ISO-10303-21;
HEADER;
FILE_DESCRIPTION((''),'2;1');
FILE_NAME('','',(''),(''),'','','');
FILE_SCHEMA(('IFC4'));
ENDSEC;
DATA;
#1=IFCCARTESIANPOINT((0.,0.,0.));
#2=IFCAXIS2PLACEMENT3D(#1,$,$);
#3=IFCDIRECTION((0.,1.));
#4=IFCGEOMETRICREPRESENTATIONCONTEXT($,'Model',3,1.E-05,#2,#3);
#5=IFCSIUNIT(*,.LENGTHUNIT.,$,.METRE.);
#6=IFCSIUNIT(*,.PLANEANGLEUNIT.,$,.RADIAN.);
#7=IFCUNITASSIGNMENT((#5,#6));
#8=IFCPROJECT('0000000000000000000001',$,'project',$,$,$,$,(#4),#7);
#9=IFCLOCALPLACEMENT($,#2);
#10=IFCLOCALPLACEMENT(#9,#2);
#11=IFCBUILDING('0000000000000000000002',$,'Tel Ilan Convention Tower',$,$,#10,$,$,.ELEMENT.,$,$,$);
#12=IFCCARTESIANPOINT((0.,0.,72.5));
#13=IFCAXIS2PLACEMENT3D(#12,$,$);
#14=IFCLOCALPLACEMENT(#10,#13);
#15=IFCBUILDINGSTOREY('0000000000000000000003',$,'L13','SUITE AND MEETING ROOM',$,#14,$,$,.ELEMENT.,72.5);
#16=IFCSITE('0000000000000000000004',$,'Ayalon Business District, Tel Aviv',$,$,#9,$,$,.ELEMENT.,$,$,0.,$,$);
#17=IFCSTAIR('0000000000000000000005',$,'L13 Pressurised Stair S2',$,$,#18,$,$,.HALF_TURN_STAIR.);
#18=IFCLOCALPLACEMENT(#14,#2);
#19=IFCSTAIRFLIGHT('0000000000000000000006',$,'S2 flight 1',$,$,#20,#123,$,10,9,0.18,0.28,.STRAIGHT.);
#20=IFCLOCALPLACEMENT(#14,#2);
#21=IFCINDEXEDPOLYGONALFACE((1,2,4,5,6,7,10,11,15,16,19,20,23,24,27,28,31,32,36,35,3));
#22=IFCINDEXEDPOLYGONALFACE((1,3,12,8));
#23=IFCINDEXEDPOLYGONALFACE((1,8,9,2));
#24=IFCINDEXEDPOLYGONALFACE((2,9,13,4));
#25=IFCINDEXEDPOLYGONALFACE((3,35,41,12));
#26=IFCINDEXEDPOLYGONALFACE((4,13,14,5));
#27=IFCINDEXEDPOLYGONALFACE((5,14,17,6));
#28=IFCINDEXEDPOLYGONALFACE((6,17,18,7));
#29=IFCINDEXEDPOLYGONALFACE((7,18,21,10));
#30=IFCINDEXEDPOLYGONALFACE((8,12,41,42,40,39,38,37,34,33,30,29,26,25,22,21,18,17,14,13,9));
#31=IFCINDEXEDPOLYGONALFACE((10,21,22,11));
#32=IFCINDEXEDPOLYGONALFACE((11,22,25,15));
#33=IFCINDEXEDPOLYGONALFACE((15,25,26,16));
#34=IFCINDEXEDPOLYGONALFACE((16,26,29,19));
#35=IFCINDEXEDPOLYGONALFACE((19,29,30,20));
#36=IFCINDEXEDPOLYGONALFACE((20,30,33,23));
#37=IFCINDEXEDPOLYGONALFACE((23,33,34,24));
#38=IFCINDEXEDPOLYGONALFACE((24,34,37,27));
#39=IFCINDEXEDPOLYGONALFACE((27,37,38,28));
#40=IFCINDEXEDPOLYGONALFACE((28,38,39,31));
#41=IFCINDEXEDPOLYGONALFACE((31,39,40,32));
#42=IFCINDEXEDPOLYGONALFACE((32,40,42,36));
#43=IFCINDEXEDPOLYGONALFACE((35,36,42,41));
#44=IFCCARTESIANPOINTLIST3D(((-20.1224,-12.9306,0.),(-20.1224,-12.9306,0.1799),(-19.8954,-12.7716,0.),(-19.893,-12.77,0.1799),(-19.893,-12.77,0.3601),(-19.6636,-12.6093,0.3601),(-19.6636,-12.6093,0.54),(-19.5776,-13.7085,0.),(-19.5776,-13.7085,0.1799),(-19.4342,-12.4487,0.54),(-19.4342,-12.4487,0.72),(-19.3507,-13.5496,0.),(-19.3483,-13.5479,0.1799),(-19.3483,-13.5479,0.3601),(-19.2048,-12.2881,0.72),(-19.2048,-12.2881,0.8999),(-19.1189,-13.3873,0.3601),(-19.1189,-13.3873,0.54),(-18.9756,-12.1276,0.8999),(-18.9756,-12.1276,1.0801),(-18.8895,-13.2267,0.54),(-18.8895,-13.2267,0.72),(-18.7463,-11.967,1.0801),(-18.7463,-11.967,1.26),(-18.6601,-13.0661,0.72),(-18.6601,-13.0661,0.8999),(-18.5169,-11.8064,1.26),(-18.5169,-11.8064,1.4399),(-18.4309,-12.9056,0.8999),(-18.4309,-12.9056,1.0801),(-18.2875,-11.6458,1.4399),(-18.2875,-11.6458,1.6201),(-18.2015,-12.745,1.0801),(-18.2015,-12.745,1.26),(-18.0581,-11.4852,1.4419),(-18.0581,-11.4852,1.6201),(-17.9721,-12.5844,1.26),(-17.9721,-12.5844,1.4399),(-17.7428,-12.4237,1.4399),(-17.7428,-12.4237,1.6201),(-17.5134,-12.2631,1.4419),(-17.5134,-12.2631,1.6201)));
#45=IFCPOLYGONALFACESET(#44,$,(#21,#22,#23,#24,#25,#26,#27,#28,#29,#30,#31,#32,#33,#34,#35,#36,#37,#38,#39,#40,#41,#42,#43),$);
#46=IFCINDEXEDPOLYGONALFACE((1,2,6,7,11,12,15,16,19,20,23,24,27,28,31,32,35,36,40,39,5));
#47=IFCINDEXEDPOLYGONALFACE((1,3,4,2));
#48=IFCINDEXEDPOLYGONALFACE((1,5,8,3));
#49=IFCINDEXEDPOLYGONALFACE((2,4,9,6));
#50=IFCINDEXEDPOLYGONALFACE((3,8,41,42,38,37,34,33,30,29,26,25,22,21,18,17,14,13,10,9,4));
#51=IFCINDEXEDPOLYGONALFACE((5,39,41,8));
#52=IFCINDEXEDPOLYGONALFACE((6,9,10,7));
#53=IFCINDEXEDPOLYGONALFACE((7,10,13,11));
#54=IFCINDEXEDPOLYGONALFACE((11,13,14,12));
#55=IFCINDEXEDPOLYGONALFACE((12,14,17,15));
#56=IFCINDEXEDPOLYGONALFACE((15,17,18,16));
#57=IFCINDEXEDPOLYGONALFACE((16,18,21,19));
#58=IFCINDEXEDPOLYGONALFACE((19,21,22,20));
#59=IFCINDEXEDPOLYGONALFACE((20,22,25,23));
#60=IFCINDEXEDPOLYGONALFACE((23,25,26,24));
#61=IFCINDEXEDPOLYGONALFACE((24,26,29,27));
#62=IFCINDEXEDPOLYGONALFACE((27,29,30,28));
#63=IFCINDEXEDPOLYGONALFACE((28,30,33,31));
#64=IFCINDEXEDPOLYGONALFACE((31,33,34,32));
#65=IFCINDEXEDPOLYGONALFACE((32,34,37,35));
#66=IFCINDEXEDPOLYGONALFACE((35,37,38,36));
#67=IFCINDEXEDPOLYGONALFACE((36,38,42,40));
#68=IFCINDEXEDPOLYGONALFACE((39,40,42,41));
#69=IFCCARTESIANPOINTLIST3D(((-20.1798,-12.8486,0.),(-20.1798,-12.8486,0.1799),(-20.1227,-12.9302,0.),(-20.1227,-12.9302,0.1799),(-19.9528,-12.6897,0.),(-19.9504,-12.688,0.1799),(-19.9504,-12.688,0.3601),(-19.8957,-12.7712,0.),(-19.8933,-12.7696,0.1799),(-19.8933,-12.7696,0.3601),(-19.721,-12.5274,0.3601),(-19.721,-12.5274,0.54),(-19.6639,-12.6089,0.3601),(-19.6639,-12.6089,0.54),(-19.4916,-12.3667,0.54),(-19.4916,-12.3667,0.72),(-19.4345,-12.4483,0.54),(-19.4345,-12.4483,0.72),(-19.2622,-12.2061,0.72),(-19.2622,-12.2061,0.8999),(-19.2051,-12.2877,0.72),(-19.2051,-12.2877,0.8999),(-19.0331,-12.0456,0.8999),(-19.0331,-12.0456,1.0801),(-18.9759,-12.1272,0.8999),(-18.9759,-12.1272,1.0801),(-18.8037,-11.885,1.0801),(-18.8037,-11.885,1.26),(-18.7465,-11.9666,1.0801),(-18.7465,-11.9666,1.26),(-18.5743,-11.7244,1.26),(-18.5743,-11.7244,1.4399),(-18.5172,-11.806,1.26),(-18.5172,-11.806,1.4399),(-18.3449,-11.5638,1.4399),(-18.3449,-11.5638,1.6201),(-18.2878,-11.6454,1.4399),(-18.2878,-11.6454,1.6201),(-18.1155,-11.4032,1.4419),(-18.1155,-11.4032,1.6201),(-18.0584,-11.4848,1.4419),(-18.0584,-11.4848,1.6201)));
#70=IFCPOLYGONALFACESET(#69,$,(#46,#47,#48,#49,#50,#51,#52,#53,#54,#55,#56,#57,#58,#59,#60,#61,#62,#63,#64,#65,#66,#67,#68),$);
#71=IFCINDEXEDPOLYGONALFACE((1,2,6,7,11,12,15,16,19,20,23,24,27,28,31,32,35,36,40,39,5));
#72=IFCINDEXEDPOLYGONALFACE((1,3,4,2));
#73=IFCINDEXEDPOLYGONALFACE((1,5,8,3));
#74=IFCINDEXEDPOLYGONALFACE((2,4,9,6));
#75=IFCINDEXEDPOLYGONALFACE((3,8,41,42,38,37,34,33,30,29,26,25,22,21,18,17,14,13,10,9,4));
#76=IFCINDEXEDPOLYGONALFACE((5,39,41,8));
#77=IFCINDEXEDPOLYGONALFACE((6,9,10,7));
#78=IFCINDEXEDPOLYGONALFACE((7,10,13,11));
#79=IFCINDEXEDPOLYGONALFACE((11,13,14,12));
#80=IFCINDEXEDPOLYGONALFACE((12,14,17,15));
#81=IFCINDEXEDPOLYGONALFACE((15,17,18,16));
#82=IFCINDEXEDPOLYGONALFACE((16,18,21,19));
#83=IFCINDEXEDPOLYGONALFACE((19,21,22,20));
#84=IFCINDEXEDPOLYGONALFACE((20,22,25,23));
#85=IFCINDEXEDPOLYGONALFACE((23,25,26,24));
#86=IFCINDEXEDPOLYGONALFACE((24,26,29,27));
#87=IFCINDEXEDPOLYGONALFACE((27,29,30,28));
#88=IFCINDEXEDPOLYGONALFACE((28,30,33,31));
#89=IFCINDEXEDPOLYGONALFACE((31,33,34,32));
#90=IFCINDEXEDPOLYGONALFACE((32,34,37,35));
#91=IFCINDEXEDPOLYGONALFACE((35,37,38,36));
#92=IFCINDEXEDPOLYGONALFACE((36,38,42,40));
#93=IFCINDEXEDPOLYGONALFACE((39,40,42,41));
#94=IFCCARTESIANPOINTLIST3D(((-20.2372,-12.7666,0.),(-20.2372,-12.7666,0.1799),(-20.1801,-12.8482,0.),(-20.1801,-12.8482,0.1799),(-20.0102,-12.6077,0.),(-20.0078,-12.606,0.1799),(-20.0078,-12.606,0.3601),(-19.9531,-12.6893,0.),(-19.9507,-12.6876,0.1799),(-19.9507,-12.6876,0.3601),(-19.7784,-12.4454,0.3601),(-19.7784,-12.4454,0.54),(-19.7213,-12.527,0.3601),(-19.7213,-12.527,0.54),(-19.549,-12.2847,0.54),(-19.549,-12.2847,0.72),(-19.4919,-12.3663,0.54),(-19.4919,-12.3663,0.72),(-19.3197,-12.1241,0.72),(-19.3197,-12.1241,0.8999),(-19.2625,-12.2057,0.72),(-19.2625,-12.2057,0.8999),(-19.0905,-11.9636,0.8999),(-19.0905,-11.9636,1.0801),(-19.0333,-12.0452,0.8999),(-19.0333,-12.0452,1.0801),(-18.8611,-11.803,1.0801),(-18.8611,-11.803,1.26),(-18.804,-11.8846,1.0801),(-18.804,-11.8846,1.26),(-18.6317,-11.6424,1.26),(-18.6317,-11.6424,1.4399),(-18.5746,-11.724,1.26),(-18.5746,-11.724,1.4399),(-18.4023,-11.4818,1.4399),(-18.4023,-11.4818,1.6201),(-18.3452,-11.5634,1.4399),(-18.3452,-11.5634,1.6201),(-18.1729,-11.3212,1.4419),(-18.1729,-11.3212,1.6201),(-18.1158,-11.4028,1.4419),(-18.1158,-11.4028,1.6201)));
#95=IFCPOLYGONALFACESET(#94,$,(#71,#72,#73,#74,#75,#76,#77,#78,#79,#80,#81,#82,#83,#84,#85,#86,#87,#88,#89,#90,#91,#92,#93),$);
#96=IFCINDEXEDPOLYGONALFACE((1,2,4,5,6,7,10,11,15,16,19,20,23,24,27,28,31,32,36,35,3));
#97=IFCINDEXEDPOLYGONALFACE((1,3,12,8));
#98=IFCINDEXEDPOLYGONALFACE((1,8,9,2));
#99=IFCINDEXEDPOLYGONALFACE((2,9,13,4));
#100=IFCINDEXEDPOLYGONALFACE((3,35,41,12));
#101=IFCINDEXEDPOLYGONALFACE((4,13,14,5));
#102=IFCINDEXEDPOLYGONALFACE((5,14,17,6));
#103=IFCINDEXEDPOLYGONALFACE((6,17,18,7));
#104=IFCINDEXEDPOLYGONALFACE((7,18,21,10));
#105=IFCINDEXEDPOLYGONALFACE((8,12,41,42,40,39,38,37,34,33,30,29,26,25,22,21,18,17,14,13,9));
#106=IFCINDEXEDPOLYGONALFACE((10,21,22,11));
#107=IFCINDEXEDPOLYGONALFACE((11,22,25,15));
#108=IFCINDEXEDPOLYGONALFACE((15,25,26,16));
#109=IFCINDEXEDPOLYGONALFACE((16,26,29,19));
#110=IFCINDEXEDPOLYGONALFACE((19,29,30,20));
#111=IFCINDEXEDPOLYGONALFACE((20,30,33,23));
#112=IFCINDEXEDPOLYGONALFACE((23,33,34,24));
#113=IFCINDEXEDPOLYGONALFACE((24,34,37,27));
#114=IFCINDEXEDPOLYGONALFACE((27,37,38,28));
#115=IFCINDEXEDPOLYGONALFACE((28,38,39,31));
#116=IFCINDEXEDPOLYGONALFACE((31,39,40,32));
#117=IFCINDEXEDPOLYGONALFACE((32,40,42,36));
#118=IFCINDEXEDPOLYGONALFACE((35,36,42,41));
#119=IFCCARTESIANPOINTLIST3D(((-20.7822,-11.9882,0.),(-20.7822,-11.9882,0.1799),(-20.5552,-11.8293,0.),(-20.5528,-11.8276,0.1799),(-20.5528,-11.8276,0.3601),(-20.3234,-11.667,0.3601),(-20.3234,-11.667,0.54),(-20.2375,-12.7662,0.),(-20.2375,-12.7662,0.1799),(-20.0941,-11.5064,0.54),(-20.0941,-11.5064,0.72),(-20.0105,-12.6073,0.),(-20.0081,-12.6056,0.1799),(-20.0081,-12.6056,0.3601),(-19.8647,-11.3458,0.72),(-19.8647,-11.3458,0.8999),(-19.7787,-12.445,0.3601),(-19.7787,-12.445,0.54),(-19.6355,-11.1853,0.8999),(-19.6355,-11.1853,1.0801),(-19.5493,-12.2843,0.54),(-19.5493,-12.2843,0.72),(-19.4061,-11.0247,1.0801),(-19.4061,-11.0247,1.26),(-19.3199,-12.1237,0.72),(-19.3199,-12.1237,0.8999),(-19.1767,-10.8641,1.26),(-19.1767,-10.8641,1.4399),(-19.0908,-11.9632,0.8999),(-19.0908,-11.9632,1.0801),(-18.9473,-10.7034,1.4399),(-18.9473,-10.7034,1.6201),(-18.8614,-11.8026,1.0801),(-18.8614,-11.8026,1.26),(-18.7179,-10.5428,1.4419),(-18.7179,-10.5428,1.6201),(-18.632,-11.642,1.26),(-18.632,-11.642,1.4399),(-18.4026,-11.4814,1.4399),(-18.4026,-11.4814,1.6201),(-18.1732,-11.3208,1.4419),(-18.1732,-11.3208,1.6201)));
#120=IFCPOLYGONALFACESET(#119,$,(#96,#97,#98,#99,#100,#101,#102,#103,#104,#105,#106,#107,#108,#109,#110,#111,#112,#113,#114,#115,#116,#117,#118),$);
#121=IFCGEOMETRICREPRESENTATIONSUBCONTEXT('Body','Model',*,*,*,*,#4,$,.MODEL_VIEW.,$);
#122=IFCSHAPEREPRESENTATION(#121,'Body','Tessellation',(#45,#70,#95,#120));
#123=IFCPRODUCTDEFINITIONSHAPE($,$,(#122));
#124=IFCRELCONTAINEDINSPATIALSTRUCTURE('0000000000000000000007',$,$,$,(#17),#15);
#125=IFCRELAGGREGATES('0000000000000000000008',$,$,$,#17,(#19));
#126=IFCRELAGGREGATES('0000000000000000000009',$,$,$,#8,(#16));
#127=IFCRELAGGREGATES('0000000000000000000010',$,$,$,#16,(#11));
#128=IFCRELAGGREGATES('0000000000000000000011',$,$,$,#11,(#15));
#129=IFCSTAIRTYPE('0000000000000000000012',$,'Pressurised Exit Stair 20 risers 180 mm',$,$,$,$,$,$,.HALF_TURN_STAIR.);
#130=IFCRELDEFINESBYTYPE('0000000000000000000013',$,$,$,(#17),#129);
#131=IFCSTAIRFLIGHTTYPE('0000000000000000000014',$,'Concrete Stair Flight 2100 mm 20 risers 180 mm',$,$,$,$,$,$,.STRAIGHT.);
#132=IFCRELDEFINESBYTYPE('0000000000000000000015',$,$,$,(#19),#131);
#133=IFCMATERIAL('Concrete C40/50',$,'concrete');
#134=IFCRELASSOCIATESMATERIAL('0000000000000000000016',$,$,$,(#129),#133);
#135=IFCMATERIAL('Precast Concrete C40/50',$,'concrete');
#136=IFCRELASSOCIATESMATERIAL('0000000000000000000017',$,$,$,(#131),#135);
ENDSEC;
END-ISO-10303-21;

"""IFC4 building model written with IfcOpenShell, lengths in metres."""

from ifc_helpers import new_model, si_unit, direction, frame, origin, place, context, subcontext, project, spatial, polyline, outline, extrude, material, type_object, element, aggregate, save


model = new_model("IFC4")

# Units and contexts
model_context = context("Model", 3, precision=1e-05, world=origin(), true_north=direction((0.0, 1.0)))
body_context = subcontext(model_context, "Body", "Model", "MODEL_VIEW")
ifc_project = project(units=[si_unit("LENGTHUNIT", "METRE"), si_unit("PLANEANGLEUNIT", "RADIAN")], contexts=[model_context])

# Site, building, storey
site_placement = place(None, origin())
site = spatial("IfcSite", under=ifc_project, at=site_placement, Name="Ayalon Business District, Tel Aviv", CompositionType="ELEMENT", RefElevation=0.0)
building_placement = place(site_placement, origin())
building = spatial("IfcBuilding", under=site, at=building_placement, Name="Tel Ilan Convention Tower", CompositionType="ELEMENT")
storey_placement = place(building_placement, frame((0.0, 0.0, 72.5)))
storey = spatial("IfcBuildingStorey", under=building, at=storey_placement, Name="L13", Description="SUITE AND MEETING ROOM", CompositionType="ELEMENT", Elevation=72.5)

# Stair, stair flight
ifc_material_1 = material(Name="Concrete C40/50", Category="concrete")
stair_type = type_object("IfcStairType", Name="Pressurised Exit Stair 20 risers 180 mm", PredefinedType="HALF_TURN_STAIR", material=ifc_material_1)
ifc_material_2 = material(Name="Precast Concrete C40/50", Category="concrete")
stair_flight_type = type_object("IfcStairFlightType", Name="Concrete Stair Flight 2100 mm 20 risers 180 mm", PredefinedType="STRAIGHT", material=ifc_material_2)
stair_1_placement = place(storey_placement, origin())
stair_1 = element("IfcStair", 1, at=stair_1_placement, inside=storey, type_object=stair_type, Name="L13 Pressurised Stair S2", PredefinedType="HALF_TURN_STAIR")
stair_flight_1_placement = place(storey_placement, frame((-20.1799, -12.8484, 0.0), z_axis=(0.0, 0.0, 1.0), x_axis=(0.819152, 0.573576, 0.0)))
stair_flight_1 = element("IfcStairFlight", 2, at=stair_flight_1_placement, type_object=stair_flight_type, Name="S2 flight 1", NumberOfRisers=10, NumberOfTreads=9, PredefinedType="STRAIGHT", RiserHeight=0.18, TreadLength=0.28, context=body_context, shape_type="SweptSolid", body=[
    extrude(outline(polyline([(0.0, 0.0), (0.0, 0.1799), (0.28, 0.1799), (0.28, 0.3601), (0.5601, 0.3601), (0.5601, 0.54), (0.8401, 0.54), (0.8401, 0.72), (1.1201, 0.72), (1.1201, 0.8999), (1.3999, 0.8999), (1.3999, 1.0801), (1.6799, 1.0801), (1.6799, 1.26), (1.96, 1.26), (1.96, 1.4399), (2.24, 1.4399), (2.24, 1.6201), (2.52, 1.6201), (2.52, 1.8), (2.52, 1.4419), (0.2771, 0.0), (0.0, 0.0)])), frame((0.0, -0.1003, 0.0), z_axis=(0.0, -1.0, 0.0), x_axis=(1.0, 0.0, 0.0)), (0.0, 0.0, 1.0), 0.9497),
    extrude(outline(polyline([(0.0, 0.0), (0.0, 0.1799), (0.28, 0.1799), (0.28, 0.3601), (0.5601, 0.3601), (0.5601, 0.54), (0.8401, 0.54), (0.8401, 0.72), (1.1201, 0.72), (1.1201, 0.8999), (1.3999, 0.8999), (1.3999, 1.0801), (1.6799, 1.0801), (1.6799, 1.26), (1.96, 1.26), (1.96, 1.4399), (2.24, 1.4399), (2.24, 1.6201), (2.52, 1.6201), (2.52, 1.8), (2.52, 1.4419), (0.2771, 0.0), (0.0, 0.0)])), frame((0.0, -0.0002, 0.0), z_axis=(0.0, -1.0, 0.0), x_axis=(1.0, 0.0, 0.0)), (0.0, 0.0, 1.0), 0.0996),
    extrude(outline(polyline([(0.0, 0.0), (0.0, 0.1799), (0.28, 0.1799), (0.28, 0.3601), (0.5601, 0.3601), (0.5601, 0.54), (0.8401, 0.54), (0.8401, 0.72), (1.1201, 0.72), (1.1201, 0.8999), (1.3999, 0.8999), (1.3999, 1.0801), (1.6799, 1.0801), (1.6799, 1.26), (1.96, 1.26), (1.96, 1.4399), (2.24, 1.4399), (2.24, 1.6201), (2.52, 1.6201), (2.52, 1.8), (2.52, 1.4419), (0.2771, 0.0), (0.0, 0.0)])), frame((0.0, 0.0999, 0.0), z_axis=(0.0, -1.0, 0.0), x_axis=(1.0, 0.0, 0.0)), (0.0, 0.0, 1.0), 0.0996),
    extrude(outline(polyline([(0.0, 0.0), (0.0, 0.1799), (0.28, 0.1799), (0.28, 0.3601), (0.5601, 0.3601), (0.5601, 0.54), (0.8401, 0.54), (0.8401, 0.72), (1.1201, 0.72), (1.1201, 0.8999), (1.3999, 0.8999), (1.3999, 1.0801), (1.6799, 1.0801), (1.6799, 1.26), (1.96, 1.26), (1.96, 1.4399), (2.24, 1.4399), (2.24, 1.6201), (2.52, 1.6201), (2.52, 1.8), (2.52, 1.4419), (0.2771, 0.0), (0.0, 0.0)])), frame((0.0, 1.05, 0.0), z_axis=(0.0, -1.0, 0.0), x_axis=(1.0, 0.0, 0.0)), (0.0, 0.0, 1.0), 0.9497),
])
aggregate(stair_1, [stair_flight_1])

save(model, "model.ifc")
